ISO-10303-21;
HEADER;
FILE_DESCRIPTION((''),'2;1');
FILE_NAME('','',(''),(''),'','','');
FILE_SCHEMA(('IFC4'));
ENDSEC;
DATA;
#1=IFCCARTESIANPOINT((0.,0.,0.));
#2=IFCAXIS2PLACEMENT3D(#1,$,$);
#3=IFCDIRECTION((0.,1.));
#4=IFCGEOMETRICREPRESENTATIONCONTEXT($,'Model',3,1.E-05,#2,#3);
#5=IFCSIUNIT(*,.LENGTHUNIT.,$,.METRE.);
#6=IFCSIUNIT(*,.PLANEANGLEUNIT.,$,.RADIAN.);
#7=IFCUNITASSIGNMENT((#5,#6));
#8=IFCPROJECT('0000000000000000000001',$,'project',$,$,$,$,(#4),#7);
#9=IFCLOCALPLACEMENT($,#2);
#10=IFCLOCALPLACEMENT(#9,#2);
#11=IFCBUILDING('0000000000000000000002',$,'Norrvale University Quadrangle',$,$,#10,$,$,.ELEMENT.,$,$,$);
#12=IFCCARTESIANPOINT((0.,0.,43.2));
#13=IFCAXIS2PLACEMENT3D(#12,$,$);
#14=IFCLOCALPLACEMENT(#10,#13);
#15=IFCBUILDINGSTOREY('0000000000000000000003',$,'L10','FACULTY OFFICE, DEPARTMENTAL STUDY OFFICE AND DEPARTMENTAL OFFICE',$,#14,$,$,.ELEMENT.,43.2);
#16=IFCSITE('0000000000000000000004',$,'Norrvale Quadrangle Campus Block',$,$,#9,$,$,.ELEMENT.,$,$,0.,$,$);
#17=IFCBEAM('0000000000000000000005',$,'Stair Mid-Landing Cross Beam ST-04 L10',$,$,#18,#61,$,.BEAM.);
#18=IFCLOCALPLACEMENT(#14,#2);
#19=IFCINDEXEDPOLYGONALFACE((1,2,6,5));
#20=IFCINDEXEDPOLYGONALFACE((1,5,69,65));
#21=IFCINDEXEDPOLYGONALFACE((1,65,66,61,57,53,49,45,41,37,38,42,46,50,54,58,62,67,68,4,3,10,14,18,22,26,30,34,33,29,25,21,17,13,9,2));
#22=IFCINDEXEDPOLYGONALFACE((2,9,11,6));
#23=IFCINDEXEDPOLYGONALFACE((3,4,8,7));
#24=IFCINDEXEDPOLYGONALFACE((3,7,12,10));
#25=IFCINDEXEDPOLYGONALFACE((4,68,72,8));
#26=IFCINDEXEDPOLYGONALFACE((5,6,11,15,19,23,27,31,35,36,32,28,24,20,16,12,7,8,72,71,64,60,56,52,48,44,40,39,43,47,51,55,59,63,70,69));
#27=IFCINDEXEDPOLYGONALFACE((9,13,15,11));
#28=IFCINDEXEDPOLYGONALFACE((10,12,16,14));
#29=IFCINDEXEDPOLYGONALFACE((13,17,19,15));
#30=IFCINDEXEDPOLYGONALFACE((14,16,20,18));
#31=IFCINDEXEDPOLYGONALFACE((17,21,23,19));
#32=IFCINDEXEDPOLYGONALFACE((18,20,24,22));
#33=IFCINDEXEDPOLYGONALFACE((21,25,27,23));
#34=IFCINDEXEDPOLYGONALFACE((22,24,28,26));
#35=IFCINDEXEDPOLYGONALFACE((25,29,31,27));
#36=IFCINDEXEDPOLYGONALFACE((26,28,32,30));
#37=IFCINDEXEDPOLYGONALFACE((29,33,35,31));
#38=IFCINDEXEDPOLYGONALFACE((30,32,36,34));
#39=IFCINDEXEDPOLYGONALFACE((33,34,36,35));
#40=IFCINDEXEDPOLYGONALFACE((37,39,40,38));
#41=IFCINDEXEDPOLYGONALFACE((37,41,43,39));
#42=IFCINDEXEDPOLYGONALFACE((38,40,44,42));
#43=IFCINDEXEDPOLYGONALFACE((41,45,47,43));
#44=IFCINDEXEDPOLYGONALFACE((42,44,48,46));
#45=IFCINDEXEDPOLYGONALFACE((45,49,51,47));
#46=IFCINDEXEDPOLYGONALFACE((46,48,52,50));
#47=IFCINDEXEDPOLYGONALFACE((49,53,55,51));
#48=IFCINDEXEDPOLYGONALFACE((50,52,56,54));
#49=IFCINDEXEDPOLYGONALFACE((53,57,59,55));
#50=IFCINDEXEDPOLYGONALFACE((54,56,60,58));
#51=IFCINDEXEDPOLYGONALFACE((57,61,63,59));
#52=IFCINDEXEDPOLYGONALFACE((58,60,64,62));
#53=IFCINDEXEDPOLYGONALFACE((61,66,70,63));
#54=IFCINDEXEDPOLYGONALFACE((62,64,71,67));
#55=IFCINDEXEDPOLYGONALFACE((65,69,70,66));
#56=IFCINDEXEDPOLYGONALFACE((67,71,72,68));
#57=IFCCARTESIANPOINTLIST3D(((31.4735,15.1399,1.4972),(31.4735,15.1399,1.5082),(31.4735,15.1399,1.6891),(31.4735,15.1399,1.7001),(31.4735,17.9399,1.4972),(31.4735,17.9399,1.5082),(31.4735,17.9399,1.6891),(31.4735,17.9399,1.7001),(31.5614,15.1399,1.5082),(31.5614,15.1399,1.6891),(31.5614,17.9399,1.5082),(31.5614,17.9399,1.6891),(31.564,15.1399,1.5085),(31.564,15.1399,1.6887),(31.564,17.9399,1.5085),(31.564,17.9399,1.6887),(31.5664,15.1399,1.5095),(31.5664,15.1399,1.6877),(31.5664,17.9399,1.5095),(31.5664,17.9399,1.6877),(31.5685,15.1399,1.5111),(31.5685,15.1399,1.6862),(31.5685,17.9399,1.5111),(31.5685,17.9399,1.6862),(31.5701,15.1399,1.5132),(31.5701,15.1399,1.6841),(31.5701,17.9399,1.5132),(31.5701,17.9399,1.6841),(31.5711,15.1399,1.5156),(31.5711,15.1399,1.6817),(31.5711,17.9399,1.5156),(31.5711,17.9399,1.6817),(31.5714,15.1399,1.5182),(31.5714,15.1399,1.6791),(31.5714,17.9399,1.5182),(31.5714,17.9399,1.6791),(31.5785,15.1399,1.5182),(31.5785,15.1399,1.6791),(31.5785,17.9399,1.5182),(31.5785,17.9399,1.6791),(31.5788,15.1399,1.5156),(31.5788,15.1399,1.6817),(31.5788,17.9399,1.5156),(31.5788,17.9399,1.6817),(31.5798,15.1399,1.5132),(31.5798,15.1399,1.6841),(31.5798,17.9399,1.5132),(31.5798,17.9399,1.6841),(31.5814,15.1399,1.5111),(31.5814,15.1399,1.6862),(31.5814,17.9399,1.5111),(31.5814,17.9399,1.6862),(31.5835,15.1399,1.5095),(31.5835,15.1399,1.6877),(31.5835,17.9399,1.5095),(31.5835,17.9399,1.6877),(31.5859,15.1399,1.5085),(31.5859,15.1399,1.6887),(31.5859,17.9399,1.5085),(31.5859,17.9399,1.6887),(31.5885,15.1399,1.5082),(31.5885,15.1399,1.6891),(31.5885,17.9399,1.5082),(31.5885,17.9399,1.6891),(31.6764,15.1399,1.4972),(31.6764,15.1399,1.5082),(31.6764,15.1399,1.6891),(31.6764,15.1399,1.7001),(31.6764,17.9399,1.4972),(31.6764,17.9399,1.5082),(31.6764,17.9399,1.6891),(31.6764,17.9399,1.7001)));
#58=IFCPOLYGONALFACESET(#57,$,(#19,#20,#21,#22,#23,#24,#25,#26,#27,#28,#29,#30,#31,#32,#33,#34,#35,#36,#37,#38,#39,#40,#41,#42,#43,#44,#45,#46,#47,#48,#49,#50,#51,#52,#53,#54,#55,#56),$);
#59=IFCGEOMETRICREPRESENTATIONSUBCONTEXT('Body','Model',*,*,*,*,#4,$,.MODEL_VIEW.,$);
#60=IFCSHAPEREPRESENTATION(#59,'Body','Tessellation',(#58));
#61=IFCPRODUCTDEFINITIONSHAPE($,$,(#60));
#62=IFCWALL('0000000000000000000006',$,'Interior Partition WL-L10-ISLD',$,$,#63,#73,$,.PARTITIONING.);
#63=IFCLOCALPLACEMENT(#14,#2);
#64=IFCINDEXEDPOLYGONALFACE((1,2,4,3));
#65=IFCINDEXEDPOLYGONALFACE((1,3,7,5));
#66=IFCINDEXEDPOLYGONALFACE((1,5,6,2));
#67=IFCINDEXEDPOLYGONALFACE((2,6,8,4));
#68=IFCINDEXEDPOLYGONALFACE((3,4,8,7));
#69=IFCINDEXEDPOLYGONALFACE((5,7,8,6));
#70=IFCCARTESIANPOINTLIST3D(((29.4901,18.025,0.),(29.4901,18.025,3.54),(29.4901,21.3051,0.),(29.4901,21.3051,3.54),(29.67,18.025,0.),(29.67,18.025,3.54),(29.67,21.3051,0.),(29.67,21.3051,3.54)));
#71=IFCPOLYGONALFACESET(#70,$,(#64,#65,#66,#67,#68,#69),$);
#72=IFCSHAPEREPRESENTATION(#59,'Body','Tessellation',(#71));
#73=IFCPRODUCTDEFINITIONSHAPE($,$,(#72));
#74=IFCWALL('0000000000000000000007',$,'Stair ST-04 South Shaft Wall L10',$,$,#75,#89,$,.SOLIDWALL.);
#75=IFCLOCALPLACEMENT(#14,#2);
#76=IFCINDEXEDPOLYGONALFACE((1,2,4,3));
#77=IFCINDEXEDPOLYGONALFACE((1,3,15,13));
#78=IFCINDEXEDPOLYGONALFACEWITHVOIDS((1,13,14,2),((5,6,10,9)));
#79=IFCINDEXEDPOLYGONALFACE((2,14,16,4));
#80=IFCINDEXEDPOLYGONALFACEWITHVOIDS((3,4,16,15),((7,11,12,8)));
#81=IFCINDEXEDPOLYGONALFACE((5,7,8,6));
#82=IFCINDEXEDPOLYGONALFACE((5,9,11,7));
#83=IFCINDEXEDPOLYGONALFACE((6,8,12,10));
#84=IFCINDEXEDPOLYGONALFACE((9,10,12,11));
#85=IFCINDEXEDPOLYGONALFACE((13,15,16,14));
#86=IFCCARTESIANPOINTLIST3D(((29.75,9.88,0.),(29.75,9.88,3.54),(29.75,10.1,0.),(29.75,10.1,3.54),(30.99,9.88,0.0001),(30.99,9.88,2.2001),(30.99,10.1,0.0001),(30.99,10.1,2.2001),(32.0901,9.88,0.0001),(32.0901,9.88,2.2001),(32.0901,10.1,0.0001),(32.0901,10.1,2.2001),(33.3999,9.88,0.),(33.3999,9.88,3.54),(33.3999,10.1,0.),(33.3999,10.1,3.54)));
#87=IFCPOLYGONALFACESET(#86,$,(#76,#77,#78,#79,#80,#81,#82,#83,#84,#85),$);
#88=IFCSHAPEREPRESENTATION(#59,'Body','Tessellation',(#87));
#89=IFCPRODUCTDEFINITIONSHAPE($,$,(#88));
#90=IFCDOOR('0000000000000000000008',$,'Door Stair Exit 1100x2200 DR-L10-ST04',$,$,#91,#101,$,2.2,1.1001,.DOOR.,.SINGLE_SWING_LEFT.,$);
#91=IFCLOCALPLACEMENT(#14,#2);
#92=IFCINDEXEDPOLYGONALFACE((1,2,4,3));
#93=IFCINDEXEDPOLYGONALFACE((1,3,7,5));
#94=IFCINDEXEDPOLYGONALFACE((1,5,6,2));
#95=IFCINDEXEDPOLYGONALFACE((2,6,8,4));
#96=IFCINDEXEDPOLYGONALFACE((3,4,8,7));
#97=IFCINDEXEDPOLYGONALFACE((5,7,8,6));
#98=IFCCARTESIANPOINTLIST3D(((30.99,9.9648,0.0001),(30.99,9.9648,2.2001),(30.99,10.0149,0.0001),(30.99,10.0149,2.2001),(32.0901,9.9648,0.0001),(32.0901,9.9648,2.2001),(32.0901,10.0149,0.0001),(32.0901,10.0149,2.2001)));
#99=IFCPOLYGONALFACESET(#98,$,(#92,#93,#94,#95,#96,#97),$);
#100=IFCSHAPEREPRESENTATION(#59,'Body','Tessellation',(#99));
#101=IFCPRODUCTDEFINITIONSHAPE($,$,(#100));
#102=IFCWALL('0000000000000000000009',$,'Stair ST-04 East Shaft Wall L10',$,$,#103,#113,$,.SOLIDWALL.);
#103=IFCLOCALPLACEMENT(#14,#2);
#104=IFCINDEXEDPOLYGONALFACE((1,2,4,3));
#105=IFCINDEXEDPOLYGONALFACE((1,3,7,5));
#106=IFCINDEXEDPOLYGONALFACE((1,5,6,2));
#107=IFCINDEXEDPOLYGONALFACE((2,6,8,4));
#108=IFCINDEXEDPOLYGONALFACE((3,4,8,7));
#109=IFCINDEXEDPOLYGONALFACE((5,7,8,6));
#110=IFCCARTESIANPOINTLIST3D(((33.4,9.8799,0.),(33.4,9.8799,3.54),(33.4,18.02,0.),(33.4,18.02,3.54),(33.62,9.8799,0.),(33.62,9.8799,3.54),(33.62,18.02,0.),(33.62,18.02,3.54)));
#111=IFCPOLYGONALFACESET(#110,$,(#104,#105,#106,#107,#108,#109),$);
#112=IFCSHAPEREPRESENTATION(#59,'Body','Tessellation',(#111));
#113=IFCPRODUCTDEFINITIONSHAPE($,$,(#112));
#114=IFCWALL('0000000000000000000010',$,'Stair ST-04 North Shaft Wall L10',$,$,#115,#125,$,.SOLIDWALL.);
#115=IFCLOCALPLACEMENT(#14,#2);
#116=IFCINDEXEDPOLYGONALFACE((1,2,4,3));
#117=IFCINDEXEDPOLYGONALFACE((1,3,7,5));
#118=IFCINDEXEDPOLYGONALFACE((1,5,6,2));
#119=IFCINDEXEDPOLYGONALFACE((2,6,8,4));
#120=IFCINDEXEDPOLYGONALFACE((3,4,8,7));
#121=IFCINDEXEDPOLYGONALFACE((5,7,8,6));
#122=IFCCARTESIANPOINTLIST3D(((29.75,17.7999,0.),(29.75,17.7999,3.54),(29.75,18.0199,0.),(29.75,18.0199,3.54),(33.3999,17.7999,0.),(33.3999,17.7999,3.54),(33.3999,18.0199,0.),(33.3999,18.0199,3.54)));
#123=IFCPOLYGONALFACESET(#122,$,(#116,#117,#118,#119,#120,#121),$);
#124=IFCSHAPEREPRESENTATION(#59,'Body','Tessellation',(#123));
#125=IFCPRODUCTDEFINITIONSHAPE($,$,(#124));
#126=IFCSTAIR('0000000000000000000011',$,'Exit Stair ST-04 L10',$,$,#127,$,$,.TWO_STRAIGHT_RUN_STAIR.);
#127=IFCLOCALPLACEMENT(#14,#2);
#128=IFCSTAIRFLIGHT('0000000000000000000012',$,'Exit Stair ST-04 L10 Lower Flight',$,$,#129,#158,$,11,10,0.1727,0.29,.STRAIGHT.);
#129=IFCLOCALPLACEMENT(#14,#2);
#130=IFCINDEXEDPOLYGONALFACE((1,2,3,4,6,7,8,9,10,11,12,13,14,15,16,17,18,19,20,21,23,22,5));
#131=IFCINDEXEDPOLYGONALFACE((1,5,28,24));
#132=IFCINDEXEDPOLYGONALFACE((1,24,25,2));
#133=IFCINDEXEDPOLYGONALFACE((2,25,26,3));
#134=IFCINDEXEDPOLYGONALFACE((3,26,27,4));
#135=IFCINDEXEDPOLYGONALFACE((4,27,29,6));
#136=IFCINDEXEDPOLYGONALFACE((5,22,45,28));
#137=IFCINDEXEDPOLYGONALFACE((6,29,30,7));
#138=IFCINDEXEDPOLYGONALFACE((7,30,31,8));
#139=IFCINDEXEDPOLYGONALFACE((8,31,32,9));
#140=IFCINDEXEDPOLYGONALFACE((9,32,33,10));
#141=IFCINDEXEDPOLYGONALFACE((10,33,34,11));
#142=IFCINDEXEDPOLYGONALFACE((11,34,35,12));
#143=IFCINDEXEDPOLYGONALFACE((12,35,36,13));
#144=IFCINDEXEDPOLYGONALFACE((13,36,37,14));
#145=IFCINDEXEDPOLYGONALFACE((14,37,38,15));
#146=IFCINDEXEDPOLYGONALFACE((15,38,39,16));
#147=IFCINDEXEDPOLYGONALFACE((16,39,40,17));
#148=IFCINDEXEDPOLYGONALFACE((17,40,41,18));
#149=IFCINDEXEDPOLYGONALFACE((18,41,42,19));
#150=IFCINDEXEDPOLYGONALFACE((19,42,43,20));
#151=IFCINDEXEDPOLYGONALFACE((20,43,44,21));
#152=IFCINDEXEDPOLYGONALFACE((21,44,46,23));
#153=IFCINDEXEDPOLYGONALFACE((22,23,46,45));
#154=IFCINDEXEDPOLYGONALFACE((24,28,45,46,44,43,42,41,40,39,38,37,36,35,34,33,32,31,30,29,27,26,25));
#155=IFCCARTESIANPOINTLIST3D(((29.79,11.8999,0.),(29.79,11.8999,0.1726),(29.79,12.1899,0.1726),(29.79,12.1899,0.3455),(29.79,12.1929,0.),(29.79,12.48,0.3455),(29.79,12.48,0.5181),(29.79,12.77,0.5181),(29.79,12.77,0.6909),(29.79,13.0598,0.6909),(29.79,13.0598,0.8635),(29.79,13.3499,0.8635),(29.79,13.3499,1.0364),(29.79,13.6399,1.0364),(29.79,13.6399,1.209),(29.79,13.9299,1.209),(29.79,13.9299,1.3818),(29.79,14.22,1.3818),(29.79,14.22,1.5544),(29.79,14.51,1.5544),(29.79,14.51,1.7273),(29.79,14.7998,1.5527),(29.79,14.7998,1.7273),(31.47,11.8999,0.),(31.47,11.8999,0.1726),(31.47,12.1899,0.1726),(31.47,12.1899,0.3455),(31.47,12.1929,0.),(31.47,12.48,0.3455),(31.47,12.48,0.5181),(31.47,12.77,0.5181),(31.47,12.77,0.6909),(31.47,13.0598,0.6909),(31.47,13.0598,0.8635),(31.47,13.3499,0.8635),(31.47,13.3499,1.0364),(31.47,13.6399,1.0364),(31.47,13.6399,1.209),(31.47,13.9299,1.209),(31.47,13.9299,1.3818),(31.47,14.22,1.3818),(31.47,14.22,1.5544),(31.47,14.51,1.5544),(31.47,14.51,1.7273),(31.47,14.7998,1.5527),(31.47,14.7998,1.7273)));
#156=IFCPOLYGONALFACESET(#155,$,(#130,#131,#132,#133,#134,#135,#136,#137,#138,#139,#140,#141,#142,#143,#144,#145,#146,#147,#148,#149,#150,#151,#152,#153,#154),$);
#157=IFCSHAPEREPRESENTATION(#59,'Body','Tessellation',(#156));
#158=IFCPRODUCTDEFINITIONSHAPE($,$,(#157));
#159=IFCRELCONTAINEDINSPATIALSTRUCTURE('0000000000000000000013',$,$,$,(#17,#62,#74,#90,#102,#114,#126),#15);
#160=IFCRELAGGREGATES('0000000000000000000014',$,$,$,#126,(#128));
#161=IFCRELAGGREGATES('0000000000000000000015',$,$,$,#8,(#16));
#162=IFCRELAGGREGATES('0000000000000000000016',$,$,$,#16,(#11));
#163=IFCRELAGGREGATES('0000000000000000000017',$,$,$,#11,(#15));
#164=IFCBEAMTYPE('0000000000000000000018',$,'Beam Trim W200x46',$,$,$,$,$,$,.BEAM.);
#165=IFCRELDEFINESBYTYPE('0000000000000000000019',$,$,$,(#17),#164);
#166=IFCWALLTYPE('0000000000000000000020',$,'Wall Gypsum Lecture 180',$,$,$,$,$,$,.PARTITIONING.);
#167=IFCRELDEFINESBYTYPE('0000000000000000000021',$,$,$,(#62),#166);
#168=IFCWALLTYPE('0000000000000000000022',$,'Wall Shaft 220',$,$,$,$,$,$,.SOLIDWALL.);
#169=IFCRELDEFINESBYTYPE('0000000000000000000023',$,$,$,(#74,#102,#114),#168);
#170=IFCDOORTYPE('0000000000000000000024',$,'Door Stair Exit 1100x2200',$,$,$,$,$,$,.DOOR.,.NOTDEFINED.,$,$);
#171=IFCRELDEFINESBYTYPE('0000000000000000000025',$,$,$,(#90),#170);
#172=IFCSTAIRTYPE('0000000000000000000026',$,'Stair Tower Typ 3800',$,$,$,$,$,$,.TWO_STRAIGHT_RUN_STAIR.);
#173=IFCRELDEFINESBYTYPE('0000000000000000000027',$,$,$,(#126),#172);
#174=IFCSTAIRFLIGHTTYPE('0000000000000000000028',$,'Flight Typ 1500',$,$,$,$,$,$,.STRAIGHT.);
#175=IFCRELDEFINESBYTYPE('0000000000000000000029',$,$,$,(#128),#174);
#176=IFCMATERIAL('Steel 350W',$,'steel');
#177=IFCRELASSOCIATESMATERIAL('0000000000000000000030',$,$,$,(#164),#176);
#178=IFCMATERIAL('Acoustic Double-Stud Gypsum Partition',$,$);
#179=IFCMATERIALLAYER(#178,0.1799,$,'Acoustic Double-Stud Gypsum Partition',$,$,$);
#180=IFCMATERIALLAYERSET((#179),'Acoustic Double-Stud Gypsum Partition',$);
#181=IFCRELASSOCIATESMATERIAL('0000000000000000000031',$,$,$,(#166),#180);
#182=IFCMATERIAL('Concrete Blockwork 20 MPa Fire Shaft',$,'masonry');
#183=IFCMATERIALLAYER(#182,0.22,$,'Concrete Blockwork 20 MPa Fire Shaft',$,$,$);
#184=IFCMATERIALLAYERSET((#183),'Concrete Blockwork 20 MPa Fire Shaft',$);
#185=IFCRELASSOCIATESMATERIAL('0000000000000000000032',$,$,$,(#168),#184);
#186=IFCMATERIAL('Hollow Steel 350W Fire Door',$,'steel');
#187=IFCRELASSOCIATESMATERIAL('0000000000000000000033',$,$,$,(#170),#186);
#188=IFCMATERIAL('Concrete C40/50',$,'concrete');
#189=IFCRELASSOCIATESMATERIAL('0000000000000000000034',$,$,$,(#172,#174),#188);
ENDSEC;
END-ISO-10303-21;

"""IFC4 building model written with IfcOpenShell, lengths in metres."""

from ifc_helpers import new_model, si_unit, direction, frame, frame_2d, origin, origin_2d, place, context, subcontext, project, spatial, polyline, rectangle, i_section, outline, extrude, material, layer, layer_set, material_profile, profile_set, type_object, element, fill, aggregate, save


model = new_model("IFC4")

# Units and contexts
model_context = context("Model", 3, precision=1e-05, world=origin(), true_north=direction((0.0, 1.0)))
body_context = subcontext(model_context, "Body", "Model", "MODEL_VIEW")
ifc_project = project(units=[si_unit("LENGTHUNIT", "METRE"), si_unit("PLANEANGLEUNIT", "RADIAN")], contexts=[model_context])

# Site, building, storey
site_placement = place(None, origin())
site = spatial("IfcSite", under=ifc_project, at=site_placement, Name="Norrvale Quadrangle Campus Block", CompositionType="ELEMENT", RefElevation=0.0)
building_placement = place(site_placement, origin())
building = spatial("IfcBuilding", under=site, at=building_placement, Name="Norrvale University Quadrangle", CompositionType="ELEMENT")
storey_placement = place(building_placement, frame((0.0, 0.0, 43.2)))
storey = spatial("IfcBuildingStorey", under=building, at=storey_placement, Name="L10", Description="FACULTY OFFICE, DEPARTMENTAL STUDY OFFICE AND DEPARTMENTAL OFFICE", CompositionType="ELEMENT", Elevation=43.2)

# Beam
ifc_material_1 = material(Name="Steel 350W", Category="steel")
ifc_material_profile_1 = material_profile(ifc_material_1, i_section(OverallWidth=0.2029, OverallDepth=0.2029, WebThickness=0.0071, FlangeThickness=0.011, FilletRadius=0.01, at=origin_2d()), Name="Steel 350W")
ifc_profile_set_1 = profile_set([ifc_material_profile_1], Name="Steel 350W")
beam_type_1 = type_object("IfcBeamType", Name="Beam Trim W200x46", PredefinedType="BEAM", material=ifc_profile_set_1)
beam_1_placement = place(storey_placement, frame((31.575, 15.1399, 1.5986), z_axis=(0.0, 1.0, 0.0), x_axis=(-1.0, 0.0, 0.0)))
element("IfcBeam", 1, at=beam_1_placement, inside=storey, type_object=beam_type_1, Name="Stair Mid-Landing Cross Beam ST-04 L10", PredefinedType="BEAM", context=body_context, shape_type="SweptSolid", body=[
    extrude(i_section(OverallWidth=0.2029, OverallDepth=0.2029, WebThickness=0.0071, FlangeThickness=0.011, FilletRadius=0.01, at=origin_2d()), origin(), (0.0, 0.0, 1.0), 2.8),
])

# Wall
ifc_material_2 = material(Name="Acoustic Double-Stud Gypsum Partition")
ifc_layer_1 = layer(ifc_material_2, 0.1799, Name="Acoustic Double-Stud Gypsum Partition")
ifc_layer_set_1 = layer_set([ifc_layer_1], Name="Acoustic Double-Stud Gypsum Partition")
wall_type_1 = type_object("IfcWallType", Name="Wall Gypsum Lecture 180", PredefinedType="PARTITIONING", material=ifc_layer_set_1)
wall_1_placement = place(storey_placement, frame((29.5801, 18.0249, 0.0), z_axis=(0.0, 0.0, 1.0), x_axis=(0.0, 1.0, 0.0)))
element("IfcWall", 2, at=wall_1_placement, inside=storey, type_object=wall_type_1, Name="Interior Partition WL-L10-ISLD", PredefinedType="PARTITIONING", context=body_context, shape_type="SweptSolid", body=[
    extrude(rectangle(XDim=3.28, YDim=0.1799, at=frame_2d((1.6401, 0.0))), origin(), (0.0, 0.0, 1.0), 3.54),
])

# Wall, opening, door
ifc_material_3 = material(Name="Concrete Blockwork 20 MPa Fire Shaft", Category="masonry")
ifc_layer_2 = layer(ifc_material_3, 0.22, Name="Concrete Blockwork 20 MPa Fire Shaft")
ifc_layer_set_2 = layer_set([ifc_layer_2], Name="Concrete Blockwork 20 MPa Fire Shaft")
wall_type_2 = type_object("IfcWallType", Name="Wall Shaft 220", PredefinedType="SOLIDWALL", material=ifc_layer_set_2)
wall_2_placement = place(storey_placement, frame((29.75, 9.99, 0.0), z_axis=(0.0, 0.0, 1.0), x_axis=(1.0, 0.0, 0.0)))
wall_2 = element("IfcWall", 3, at=wall_2_placement, inside=storey, type_object=wall_type_2, Name="Stair ST-04 South Shaft Wall L10", PredefinedType="SOLIDWALL", context=body_context, shape_type="SweptSolid", body=[
    extrude(rectangle(XDim=3.6499, YDim=0.22, at=frame_2d((1.825, 0.0))), origin(), (0.0, 0.0, 1.0), 3.54),
])
opening_placement = place(wall_2_placement, frame((1.24, 0.0, 0.0)))
opening = element("IfcOpeningElement", 4, at=opening_placement, cuts=wall_2, PredefinedType="OPENING", context=body_context, shape_type="SweptSolid", body=[
    extrude(rectangle(XDim=1.1001, YDim=2.2, at=frame_2d((0.55, 1.1001))), frame((0.0, 0.1221, 0.0), z_axis=(0.0, -1.0, 0.0), x_axis=(1.0, 0.0, 0.0)), (0.0, 0.0, 1.0), 0.2439),
])
ifc_material_4 = material(Name="Hollow Steel 350W Fire Door", Category="steel")
door_type = type_object("IfcDoorType", Name="Door Stair Exit 1100x2200", OperationType="NOTDEFINED", PredefinedType="DOOR", material=ifc_material_4)
door_placement = place(opening_placement, origin())
door = element("IfcDoor", 5, at=door_placement, inside=storey, type_object=door_type, Name="Door Stair Exit 1100x2200 DR-L10-ST04", OperationType="SINGLE_SWING_LEFT", OverallHeight=2.2, OverallWidth=1.1001, PredefinedType="DOOR", context=body_context, shape_type="SweptSolid", body=[
    extrude(rectangle(XDim=1.1001, YDim=2.2, at=frame_2d((0.55, 1.1001))), frame((0.0, 0.0249, 0.0), z_axis=(0.0, -1.0, 0.0), x_axis=(1.0, 0.0, 0.0)), (0.0, 0.0, 1.0), 0.05),
])
fill(opening, door)

# Walls
wall_3_placement = place(storey_placement, frame((33.51, 9.8799, 0.0), z_axis=(0.0, 0.0, 1.0), x_axis=(0.0, 1.0, 0.0)))
element("IfcWall", 6, at=wall_3_placement, inside=storey, type_object=wall_type_2, Name="Stair ST-04 East Shaft Wall L10", PredefinedType="SOLIDWALL", context=body_context, shape_type="SweptSolid", body=[
    extrude(rectangle(XDim=8.1401, YDim=0.22, at=frame_2d((4.0701, 0.0))), origin(), (0.0, 0.0, 1.0), 3.54),
])
wall_4_placement = place(storey_placement, frame((29.75, 17.9099, 0.0), z_axis=(0.0, 0.0, 1.0), x_axis=(1.0, 0.0, 0.0)))
element("IfcWall", 7, at=wall_4_placement, inside=storey, type_object=wall_type_2, Name="Stair ST-04 North Shaft Wall L10", PredefinedType="SOLIDWALL", context=body_context, shape_type="SweptSolid", body=[
    extrude(rectangle(XDim=3.6499, YDim=0.22, at=frame_2d((1.825, 0.0))), origin(), (0.0, 0.0, 1.0), 3.54),
])

# Stair, stair flight
ifc_material_5 = material(Name="Concrete C40/50", Category="concrete")
stair_type = type_object("IfcStairType", Name="Stair Tower Typ 3800", PredefinedType="TWO_STRAIGHT_RUN_STAIR", material=ifc_material_5)
stair_placement = place(storey_placement, origin())
stair = element("IfcStair", 8, at=stair_placement, inside=storey, type_object=stair_type, Name="Exit Stair ST-04 L10", PredefinedType="TWO_STRAIGHT_RUN_STAIR")
stair_flight_type = type_object("IfcStairFlightType", Name="Flight Typ 1500", PredefinedType="STRAIGHT", material=ifc_material_5)
stair_flight_1_placement = place(storey_placement, frame((30.6299, 11.8999, 0.0), z_axis=(0.0, 0.0, 1.0), x_axis=(0.0, 1.0, 0.0)))
stair_flight_1 = element("IfcStairFlight", 9, at=stair_flight_1_placement, type_object=stair_flight_type, Name="Exit Stair ST-04 L10 Lower Flight", NumberOfRisers=11, NumberOfTreads=10, PredefinedType="STRAIGHT", RiserHeight=0.1727, TreadLength=0.29, context=body_context, shape_type="SweptSolid", body=[
    extrude(outline(polyline([(0.0, 0.0), (0.0, 0.1726), (0.29, 0.1726), (0.29, 0.3455), (0.5801, 0.3455), (0.5801, 0.5181), (0.8701, 0.5181), (0.8701, 0.6909), (1.1599, 0.6909), (1.1599, 0.8635), (1.45, 0.8635), (1.45, 1.0364), (1.74, 1.0364), (1.74, 1.209), (2.03, 1.209), (2.03, 1.3818), (2.3201, 1.3818), (2.3201, 1.5544), (2.6101, 1.5544), (2.6101, 1.7273), (2.8999, 1.7273), (2.8999, 1.8999), (2.8999, 1.5527), (0.293, 0.0), (0.0, 0.0)])), frame((0.0, 0.8398, 0.0), z_axis=(0.0, -1.0, 0.0), x_axis=(1.0, 0.0, 0.0)), (0.0, 0.0, 1.0), 1.6799),
])
aggregate(stair, [stair_flight_1])

save(model, "model.ifc")
